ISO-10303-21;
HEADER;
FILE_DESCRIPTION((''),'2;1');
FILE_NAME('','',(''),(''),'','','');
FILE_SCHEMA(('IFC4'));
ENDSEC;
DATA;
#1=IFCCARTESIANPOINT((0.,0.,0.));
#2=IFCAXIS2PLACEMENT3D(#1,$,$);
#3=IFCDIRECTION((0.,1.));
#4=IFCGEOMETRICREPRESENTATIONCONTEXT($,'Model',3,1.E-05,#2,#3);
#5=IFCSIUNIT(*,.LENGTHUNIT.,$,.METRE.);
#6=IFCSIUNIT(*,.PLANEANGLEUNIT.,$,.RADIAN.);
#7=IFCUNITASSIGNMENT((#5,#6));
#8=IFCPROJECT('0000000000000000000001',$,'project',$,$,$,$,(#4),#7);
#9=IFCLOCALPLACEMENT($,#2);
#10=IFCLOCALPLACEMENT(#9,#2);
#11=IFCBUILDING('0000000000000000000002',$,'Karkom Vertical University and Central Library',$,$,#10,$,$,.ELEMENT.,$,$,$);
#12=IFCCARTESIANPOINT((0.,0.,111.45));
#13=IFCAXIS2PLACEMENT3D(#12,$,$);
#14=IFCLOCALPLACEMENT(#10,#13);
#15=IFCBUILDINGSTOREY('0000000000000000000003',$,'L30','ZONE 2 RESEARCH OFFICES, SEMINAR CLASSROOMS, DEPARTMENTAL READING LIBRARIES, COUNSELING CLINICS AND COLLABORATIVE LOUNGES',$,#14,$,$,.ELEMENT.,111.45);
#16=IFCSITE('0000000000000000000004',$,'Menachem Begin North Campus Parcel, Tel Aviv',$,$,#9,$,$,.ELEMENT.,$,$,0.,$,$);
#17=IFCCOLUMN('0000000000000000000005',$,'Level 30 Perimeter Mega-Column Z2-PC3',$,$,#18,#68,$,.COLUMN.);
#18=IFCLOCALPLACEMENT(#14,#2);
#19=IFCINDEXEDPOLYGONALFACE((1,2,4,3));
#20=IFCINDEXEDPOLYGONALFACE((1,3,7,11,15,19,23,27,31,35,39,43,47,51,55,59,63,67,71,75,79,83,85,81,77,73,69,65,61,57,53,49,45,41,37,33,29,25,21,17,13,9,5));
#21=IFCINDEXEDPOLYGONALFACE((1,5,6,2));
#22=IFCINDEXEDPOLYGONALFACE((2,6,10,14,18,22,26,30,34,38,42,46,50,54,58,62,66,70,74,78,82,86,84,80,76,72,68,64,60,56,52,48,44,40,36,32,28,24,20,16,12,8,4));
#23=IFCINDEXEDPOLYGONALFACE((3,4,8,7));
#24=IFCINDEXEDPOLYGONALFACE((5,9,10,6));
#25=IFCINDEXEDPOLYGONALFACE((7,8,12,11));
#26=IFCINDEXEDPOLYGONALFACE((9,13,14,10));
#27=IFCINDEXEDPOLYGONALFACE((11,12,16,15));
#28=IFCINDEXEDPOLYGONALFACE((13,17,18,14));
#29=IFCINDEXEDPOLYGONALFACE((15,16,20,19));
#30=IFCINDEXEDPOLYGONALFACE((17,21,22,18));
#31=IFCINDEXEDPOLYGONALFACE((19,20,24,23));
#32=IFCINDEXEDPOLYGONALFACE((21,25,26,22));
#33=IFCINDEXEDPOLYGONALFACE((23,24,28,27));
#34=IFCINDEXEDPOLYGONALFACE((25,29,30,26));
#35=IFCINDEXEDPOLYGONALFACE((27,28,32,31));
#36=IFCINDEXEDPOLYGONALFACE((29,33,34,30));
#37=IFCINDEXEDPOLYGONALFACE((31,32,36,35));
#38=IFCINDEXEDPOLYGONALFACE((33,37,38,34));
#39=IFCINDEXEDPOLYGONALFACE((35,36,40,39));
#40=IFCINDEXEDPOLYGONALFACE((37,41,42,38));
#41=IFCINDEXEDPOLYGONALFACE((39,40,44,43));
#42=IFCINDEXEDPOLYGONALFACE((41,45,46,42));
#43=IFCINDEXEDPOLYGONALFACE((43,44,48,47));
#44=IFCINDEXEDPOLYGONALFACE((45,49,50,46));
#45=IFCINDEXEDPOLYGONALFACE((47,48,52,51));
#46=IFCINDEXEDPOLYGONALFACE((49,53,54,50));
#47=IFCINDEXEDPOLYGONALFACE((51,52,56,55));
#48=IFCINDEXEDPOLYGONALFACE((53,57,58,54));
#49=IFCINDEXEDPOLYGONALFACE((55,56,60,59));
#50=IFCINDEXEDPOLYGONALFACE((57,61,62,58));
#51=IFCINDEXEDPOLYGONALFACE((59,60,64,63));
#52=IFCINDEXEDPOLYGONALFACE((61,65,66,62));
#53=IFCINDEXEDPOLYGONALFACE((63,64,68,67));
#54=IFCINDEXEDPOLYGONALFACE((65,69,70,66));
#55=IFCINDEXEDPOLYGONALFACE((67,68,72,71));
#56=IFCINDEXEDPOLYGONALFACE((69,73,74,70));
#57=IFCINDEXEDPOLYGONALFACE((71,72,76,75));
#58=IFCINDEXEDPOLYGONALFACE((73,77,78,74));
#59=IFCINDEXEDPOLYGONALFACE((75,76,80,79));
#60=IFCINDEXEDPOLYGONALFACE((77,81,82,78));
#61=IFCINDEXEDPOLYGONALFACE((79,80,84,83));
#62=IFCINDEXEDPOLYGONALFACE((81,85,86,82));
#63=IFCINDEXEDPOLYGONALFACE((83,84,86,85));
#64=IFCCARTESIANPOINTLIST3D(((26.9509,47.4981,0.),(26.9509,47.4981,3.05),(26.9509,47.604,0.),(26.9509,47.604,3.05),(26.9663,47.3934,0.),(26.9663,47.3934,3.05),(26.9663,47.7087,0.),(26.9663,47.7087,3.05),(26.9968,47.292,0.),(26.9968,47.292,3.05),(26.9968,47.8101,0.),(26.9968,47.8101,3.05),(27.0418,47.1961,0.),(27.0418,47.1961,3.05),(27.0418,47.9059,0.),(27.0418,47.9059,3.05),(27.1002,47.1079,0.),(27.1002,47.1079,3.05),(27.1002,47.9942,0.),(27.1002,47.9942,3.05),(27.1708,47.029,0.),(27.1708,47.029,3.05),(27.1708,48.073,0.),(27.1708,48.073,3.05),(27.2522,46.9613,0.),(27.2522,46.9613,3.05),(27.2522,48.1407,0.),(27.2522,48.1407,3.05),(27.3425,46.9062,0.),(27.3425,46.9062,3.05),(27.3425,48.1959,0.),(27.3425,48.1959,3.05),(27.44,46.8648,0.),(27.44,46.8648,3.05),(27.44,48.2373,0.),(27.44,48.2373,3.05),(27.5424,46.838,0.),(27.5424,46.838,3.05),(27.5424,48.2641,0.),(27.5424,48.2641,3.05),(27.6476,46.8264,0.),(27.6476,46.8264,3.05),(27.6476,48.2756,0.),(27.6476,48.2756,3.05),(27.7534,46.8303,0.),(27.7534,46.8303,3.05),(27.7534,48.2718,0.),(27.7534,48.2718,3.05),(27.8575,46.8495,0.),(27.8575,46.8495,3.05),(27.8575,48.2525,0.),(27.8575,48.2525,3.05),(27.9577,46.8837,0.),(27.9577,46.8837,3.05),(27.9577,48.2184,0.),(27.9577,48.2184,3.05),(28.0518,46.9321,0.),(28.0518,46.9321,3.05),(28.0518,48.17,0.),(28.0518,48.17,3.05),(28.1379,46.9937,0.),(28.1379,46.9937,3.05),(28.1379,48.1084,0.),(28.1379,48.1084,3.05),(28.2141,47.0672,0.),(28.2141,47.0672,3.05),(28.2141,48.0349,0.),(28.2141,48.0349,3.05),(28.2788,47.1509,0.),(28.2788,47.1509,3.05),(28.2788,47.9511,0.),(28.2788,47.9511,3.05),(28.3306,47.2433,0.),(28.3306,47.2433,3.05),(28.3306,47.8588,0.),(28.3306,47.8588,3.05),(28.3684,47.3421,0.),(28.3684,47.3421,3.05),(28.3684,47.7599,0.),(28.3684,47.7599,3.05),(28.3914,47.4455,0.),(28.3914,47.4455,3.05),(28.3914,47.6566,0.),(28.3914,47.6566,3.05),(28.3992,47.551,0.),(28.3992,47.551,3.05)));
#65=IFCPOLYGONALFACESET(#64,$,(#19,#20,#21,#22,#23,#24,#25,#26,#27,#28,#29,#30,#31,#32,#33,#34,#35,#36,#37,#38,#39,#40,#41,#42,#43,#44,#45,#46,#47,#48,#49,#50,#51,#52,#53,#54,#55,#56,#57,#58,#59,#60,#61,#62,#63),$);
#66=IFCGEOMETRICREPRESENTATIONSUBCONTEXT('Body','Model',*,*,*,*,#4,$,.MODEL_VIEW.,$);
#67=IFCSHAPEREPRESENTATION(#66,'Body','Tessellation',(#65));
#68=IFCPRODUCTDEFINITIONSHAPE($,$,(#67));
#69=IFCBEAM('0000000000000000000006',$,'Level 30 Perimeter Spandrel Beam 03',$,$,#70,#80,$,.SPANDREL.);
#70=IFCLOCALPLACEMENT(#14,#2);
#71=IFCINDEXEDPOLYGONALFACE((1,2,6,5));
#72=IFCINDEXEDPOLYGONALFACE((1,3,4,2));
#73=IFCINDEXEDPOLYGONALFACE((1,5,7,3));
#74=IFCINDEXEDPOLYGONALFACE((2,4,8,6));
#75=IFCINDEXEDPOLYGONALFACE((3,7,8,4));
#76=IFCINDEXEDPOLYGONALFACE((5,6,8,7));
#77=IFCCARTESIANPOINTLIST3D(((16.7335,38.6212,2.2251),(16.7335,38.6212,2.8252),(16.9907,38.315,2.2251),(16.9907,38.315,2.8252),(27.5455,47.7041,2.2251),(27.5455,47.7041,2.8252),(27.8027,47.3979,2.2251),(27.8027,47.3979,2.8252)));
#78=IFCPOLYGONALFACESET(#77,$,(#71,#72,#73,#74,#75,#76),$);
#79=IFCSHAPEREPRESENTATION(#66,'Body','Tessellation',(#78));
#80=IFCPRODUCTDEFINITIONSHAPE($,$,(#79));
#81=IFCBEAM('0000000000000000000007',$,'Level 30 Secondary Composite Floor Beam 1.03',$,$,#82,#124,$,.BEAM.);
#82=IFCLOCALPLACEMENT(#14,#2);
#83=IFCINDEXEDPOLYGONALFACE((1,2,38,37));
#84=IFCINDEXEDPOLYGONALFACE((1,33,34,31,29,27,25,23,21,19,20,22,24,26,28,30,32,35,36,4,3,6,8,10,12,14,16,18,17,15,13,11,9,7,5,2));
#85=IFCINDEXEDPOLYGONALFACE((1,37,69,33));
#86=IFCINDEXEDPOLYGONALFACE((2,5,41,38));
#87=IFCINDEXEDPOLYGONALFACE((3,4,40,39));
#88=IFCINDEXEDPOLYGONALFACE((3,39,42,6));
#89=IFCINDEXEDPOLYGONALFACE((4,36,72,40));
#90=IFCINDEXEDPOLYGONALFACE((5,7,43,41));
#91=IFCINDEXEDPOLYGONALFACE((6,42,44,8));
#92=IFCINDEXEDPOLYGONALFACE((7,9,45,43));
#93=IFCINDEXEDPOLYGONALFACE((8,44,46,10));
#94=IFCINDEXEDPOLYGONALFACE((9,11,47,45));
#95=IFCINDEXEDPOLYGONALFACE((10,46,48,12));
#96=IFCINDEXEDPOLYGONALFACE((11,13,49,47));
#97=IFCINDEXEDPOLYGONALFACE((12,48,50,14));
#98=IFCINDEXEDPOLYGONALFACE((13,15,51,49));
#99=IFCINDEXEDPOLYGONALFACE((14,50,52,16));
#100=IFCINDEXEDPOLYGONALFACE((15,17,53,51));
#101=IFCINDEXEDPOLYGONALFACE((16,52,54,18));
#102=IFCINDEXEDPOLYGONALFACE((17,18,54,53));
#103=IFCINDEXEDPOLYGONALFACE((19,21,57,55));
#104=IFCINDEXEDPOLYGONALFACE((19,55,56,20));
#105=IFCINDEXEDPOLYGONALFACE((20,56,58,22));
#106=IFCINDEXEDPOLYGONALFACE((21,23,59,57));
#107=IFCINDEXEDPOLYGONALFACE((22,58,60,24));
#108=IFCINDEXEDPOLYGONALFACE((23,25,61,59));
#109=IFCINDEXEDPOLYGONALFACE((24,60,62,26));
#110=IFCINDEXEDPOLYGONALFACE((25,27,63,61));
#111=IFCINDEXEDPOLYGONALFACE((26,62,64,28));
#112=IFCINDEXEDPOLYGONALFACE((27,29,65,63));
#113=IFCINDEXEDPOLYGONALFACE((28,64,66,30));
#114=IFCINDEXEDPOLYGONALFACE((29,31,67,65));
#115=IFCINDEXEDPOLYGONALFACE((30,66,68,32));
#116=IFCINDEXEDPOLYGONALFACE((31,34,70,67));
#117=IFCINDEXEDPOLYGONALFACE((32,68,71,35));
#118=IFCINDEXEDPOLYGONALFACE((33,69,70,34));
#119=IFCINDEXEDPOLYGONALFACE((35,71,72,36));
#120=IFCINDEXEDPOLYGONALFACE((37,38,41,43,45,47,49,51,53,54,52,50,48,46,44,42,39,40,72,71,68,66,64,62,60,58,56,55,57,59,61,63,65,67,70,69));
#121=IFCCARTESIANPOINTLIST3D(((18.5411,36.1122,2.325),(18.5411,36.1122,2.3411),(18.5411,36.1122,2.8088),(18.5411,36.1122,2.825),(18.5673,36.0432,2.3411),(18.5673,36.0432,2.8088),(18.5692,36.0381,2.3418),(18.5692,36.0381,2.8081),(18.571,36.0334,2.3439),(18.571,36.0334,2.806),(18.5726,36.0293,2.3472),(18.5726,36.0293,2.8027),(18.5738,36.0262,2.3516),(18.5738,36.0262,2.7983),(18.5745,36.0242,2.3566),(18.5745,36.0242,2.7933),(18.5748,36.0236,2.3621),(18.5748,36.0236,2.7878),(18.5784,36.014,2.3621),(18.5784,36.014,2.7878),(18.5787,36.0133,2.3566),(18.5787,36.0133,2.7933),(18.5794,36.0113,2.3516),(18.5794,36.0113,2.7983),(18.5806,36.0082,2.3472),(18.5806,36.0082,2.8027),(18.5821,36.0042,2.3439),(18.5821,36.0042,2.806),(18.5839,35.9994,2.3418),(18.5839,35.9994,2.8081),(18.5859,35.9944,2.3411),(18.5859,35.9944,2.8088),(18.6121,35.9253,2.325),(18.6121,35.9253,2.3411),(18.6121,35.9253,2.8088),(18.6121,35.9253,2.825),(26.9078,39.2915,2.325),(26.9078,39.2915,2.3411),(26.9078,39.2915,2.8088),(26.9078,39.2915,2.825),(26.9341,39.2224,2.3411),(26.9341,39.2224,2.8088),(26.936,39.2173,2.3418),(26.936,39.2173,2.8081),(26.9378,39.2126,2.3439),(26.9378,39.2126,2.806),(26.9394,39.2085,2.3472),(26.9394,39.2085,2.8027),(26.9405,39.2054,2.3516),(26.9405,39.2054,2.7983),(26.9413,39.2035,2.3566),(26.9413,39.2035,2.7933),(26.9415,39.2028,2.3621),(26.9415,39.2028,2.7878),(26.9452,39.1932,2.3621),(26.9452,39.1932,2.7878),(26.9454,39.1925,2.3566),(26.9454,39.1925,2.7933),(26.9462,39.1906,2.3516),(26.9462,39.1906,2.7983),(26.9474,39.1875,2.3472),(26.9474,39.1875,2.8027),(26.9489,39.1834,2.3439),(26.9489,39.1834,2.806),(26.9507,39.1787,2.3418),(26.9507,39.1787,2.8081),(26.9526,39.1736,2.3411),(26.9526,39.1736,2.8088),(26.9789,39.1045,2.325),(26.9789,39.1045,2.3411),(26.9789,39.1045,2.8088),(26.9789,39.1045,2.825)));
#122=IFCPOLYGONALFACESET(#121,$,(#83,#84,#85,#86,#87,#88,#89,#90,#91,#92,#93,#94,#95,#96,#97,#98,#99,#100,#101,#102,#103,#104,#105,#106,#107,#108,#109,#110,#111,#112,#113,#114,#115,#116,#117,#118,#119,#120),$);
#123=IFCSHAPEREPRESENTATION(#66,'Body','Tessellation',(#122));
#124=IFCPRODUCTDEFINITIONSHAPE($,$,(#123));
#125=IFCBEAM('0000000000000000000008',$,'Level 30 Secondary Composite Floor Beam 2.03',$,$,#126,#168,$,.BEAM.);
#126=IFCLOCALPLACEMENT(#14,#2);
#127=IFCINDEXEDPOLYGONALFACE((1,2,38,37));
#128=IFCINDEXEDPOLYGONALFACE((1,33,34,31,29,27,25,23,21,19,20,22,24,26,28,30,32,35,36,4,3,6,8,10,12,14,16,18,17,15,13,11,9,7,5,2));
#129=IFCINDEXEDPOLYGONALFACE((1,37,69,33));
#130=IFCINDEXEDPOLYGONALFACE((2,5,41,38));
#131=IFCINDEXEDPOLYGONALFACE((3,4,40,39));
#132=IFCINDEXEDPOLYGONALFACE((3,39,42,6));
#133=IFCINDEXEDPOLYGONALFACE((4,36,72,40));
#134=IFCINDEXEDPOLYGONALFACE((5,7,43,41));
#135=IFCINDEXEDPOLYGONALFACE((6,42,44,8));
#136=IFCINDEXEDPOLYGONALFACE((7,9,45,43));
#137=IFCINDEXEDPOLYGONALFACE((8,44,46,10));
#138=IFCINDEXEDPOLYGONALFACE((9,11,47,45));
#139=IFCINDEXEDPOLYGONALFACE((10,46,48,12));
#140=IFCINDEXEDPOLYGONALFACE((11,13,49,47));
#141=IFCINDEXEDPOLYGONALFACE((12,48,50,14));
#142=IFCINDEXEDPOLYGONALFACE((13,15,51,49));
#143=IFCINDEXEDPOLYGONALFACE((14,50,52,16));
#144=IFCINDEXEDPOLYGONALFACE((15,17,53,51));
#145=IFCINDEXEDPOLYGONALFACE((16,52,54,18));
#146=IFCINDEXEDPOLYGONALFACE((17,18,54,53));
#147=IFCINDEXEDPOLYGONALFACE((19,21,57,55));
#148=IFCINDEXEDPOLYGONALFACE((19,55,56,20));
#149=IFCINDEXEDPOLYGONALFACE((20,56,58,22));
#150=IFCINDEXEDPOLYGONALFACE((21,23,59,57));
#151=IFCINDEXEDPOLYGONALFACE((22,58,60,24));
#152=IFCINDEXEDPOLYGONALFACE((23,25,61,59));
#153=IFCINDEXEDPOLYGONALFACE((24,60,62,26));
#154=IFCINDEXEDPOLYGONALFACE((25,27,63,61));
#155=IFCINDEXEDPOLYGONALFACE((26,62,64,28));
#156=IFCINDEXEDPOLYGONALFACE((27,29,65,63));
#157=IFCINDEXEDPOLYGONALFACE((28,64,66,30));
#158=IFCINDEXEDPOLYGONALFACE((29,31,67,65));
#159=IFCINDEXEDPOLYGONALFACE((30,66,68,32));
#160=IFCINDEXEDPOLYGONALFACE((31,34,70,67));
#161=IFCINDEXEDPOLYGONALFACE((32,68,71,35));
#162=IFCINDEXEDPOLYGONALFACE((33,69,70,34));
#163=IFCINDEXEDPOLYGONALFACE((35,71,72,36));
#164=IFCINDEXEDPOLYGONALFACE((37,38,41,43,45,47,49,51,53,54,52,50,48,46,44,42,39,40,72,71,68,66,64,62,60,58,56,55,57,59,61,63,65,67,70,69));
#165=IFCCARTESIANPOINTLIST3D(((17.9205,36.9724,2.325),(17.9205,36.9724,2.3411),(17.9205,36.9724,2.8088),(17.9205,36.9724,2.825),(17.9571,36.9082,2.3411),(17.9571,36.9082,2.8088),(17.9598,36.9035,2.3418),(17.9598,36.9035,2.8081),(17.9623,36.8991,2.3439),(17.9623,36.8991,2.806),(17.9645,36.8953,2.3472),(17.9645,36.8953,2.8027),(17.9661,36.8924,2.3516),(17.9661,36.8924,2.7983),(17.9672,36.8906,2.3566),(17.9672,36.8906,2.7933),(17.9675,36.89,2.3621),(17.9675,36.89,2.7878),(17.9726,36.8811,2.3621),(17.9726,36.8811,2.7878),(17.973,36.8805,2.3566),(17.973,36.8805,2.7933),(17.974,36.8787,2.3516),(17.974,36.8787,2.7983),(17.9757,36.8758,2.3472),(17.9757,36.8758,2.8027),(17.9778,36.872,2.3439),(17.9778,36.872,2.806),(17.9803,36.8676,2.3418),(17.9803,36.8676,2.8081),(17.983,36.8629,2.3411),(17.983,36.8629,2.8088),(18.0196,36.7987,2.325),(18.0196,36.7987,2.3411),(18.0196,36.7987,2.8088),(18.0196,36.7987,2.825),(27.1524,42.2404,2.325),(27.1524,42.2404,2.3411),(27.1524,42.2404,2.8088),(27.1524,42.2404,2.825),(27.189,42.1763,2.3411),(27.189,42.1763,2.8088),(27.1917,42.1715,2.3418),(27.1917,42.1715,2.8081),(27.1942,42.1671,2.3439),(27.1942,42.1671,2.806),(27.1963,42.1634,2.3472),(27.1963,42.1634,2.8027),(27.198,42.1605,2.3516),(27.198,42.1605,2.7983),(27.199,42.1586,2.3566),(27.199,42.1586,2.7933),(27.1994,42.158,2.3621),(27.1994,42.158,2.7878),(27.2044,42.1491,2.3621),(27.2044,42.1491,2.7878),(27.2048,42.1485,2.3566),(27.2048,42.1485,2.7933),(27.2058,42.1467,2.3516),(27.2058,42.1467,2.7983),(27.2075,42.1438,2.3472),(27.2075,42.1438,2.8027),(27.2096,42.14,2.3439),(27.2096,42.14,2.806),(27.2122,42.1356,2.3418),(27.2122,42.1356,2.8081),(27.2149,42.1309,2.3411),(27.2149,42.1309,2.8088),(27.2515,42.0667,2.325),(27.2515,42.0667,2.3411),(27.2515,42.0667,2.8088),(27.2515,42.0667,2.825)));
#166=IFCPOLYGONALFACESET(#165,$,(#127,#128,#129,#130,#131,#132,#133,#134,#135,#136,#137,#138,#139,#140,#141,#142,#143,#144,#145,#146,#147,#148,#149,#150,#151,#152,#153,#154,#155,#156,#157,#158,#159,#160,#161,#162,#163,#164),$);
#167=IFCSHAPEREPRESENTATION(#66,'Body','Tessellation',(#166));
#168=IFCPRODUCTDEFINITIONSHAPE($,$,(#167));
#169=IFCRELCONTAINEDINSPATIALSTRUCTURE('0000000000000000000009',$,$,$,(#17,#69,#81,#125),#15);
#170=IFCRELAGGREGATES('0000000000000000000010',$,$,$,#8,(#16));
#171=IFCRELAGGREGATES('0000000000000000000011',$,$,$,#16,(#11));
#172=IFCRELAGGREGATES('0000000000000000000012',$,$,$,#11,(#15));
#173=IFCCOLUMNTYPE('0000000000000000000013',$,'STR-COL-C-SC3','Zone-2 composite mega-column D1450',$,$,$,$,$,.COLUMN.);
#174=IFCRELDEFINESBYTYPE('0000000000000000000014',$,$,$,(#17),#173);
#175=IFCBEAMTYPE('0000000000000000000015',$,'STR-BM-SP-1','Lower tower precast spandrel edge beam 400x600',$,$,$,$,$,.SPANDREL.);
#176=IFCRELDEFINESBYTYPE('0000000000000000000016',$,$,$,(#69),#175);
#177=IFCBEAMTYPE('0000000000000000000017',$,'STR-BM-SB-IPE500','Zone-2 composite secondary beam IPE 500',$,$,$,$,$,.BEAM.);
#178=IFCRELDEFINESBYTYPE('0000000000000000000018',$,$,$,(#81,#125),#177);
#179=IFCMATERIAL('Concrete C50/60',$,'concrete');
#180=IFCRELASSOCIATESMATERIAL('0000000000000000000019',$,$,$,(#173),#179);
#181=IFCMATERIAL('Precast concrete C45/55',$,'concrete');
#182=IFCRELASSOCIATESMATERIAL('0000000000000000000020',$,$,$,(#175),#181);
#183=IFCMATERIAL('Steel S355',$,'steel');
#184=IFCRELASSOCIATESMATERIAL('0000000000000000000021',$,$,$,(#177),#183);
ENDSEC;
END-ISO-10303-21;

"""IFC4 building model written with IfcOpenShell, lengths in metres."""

from ifc_helpers import new_model, si_unit, direction, frame, origin, origin_with_axes, origin_2d, place, context, subcontext, project, spatial, rectangle, circle, i_section, extrude, source, transform, mapped, material, material_profile, profile_set, type_object, element, save


model = new_model("IFC4")

# Units and contexts
model_context = context("Model", 3, precision=1e-05, world=origin(), true_north=direction((0.0, 1.0)))
body_context = subcontext(model_context, "Body", "Model", "MODEL_VIEW")
ifc_project = project(units=[si_unit("LENGTHUNIT", "METRE"), si_unit("PLANEANGLEUNIT", "RADIAN")], contexts=[model_context])

# Site, building, storey
site_placement = place(None, origin())
site = spatial("IfcSite", under=ifc_project, at=site_placement, Name="Menachem Begin North Campus Parcel, Tel Aviv", CompositionType="ELEMENT", RefElevation=0.0)
building_placement = place(site_placement, origin())
building = spatial("IfcBuilding", under=site, at=building_placement, Name="Karkom Vertical University and Central Library", CompositionType="ELEMENT")
storey_placement = place(building_placement, frame((0.0, 0.0, 111.45)))
storey = spatial("IfcBuildingStorey", under=building, at=storey_placement, Name="L30", Description="ZONE 2 RESEARCH OFFICES, SEMINAR CLASSROOMS, DEPARTMENTAL READING LIBRARIES, COUNSELING CLINICS AND COLLABORATIVE LOUNGES", CompositionType="ELEMENT", Elevation=111.45)

# Column
ifc_material_1 = material(Name="Concrete C50/60", Category="concrete")
ifc_material_profile_1 = material_profile(ifc_material_1, circle(Radius=0.7251, at=origin_2d()), Name="CFT-D1450")
ifc_profile_set_1 = profile_set([ifc_material_profile_1], Name="Concrete C50/60")
column_type = type_object("IfcColumnType", Name="STR-COL-C-SC3", Description="Zone-2 composite mega-column D1450", PredefinedType="COLUMN", material=ifc_profile_set_1)
shared_shape_1 = source(origin_with_axes(), body_context, "Body", "SweptSolid", [
    extrude(circle(Radius=0.7251, at=origin_2d()), origin(), (0.0, 0.0, 1.0), 3.05),
])
column_placement = place(storey_placement, frame((27.6741, 47.551, 0.0), z_axis=(0.0, 0.0, 1.0), x_axis=(1.0, 0.0, 0.0)))
element("IfcColumn", 1, at=column_placement, inside=storey, type_object=column_type, Name="Level 30 Perimeter Mega-Column Z2-PC3", PredefinedType="COLUMN", context=body_context, shape_type="MappedRepresentation", body=[
    mapped(shared_shape_1, transform((0.0, 0.0, 0.0), scale=1.0)),
])

# Beams
ifc_material_2 = material(Name="Precast concrete C45/55", Category="concrete")
ifc_material_profile_2 = material_profile(ifc_material_2, rectangle(XDim=0.3999, YDim=0.6001, at=origin_2d()), Name="SPB-400x600")
ifc_profile_set_2 = profile_set([ifc_material_profile_2], Name="Precast concrete C45/55")
beam_type_1 = type_object("IfcBeamType", Name="STR-BM-SP-1", Description="Lower tower precast spandrel edge beam 400x600", PredefinedType="SPANDREL", material=ifc_profile_set_2)
shared_shape_2 = source(origin_with_axes(), body_context, "Body", "SweptSolid", [
    extrude(rectangle(XDim=0.3999, YDim=0.6001, at=origin_2d()), origin(), (0.0, 0.0, 1.0), 14.1208),
])
beam_1_placement = place(storey_placement, frame((27.6741, 47.551, 2.5251), z_axis=(-0.765673, -0.64323, 0.0), x_axis=(0.64323, -0.765673, 0.0)))
element("IfcBeam", 2, at=beam_1_placement, inside=storey, type_object=beam_type_1, Name="Level 30 Perimeter Spandrel Beam 03", PredefinedType="SPANDREL", context=body_context, shape_type="MappedRepresentation", body=[
    mapped(shared_shape_2, transform((0.0, 0.0, 0.0), scale=1.0)),
])
ifc_material_3 = material(Name="Steel S355", Category="steel")
ifc_material_profile_3 = material_profile(ifc_material_3, i_section(OverallWidth=0.2, OverallDepth=0.5, WebThickness=0.0103, FlangeThickness=0.0161, FilletRadius=0.021, at=origin_2d()), Name="IPE 500")
ifc_profile_set_3 = profile_set([ifc_material_profile_3], Name="Steel S355")
beam_type_2 = type_object("IfcBeamType", Name="STR-BM-SB-IPE500", Description="Zone-2 composite secondary beam IPE 500", PredefinedType="BEAM", material=ifc_profile_set_3)
shared_shape_3 = source(origin_with_axes(), body_context, "Body", "SweptSolid", [
    extrude(i_section(OverallWidth=0.2, OverallDepth=0.5, WebThickness=0.0103, FlangeThickness=0.0161, FilletRadius=0.021, at=origin_2d()), origin(), (0.0, 0.0, 1.0), 8.9504),
])
beam_2_placement = place(storey_placement, frame((26.9434, 39.198, 2.575), z_axis=(-0.934789, -0.355203, 0.0), x_axis=(0.355203, -0.934789, 0.0)))
element("IfcBeam", 3, at=beam_2_placement, inside=storey, type_object=beam_type_2, Name="Level 30 Secondary Composite Floor Beam 1.03", PredefinedType="BEAM", context=body_context, shape_type="MappedRepresentation", body=[
    mapped(shared_shape_3, transform((0.0, 0.0, 0.0), scale=1.0)),
])
shared_shape_4 = source(origin_with_axes(), body_context, "Body", "SweptSolid", [
    extrude(i_section(OverallWidth=0.2, OverallDepth=0.5, WebThickness=0.0103, FlangeThickness=0.0161, FilletRadius=0.021, at=origin_2d()), origin(), (0.0, 0.0, 1.0), 10.6292),
])
beam_3_placement = place(storey_placement, frame((27.2019, 42.1536, 2.575), z_axis=(-0.86854, -0.495619, 0.0), x_axis=(0.495619, -0.86854, 0.0)))
element("IfcBeam", 4, at=beam_3_placement, inside=storey, type_object=beam_type_2, Name="Level 30 Secondary Composite Floor Beam 2.03", PredefinedType="BEAM", context=body_context, shape_type="MappedRepresentation", body=[
    mapped(shared_shape_4, transform((0.0, 0.0, 0.0), scale=1.0)),
])

save(model, "model.ifc")
